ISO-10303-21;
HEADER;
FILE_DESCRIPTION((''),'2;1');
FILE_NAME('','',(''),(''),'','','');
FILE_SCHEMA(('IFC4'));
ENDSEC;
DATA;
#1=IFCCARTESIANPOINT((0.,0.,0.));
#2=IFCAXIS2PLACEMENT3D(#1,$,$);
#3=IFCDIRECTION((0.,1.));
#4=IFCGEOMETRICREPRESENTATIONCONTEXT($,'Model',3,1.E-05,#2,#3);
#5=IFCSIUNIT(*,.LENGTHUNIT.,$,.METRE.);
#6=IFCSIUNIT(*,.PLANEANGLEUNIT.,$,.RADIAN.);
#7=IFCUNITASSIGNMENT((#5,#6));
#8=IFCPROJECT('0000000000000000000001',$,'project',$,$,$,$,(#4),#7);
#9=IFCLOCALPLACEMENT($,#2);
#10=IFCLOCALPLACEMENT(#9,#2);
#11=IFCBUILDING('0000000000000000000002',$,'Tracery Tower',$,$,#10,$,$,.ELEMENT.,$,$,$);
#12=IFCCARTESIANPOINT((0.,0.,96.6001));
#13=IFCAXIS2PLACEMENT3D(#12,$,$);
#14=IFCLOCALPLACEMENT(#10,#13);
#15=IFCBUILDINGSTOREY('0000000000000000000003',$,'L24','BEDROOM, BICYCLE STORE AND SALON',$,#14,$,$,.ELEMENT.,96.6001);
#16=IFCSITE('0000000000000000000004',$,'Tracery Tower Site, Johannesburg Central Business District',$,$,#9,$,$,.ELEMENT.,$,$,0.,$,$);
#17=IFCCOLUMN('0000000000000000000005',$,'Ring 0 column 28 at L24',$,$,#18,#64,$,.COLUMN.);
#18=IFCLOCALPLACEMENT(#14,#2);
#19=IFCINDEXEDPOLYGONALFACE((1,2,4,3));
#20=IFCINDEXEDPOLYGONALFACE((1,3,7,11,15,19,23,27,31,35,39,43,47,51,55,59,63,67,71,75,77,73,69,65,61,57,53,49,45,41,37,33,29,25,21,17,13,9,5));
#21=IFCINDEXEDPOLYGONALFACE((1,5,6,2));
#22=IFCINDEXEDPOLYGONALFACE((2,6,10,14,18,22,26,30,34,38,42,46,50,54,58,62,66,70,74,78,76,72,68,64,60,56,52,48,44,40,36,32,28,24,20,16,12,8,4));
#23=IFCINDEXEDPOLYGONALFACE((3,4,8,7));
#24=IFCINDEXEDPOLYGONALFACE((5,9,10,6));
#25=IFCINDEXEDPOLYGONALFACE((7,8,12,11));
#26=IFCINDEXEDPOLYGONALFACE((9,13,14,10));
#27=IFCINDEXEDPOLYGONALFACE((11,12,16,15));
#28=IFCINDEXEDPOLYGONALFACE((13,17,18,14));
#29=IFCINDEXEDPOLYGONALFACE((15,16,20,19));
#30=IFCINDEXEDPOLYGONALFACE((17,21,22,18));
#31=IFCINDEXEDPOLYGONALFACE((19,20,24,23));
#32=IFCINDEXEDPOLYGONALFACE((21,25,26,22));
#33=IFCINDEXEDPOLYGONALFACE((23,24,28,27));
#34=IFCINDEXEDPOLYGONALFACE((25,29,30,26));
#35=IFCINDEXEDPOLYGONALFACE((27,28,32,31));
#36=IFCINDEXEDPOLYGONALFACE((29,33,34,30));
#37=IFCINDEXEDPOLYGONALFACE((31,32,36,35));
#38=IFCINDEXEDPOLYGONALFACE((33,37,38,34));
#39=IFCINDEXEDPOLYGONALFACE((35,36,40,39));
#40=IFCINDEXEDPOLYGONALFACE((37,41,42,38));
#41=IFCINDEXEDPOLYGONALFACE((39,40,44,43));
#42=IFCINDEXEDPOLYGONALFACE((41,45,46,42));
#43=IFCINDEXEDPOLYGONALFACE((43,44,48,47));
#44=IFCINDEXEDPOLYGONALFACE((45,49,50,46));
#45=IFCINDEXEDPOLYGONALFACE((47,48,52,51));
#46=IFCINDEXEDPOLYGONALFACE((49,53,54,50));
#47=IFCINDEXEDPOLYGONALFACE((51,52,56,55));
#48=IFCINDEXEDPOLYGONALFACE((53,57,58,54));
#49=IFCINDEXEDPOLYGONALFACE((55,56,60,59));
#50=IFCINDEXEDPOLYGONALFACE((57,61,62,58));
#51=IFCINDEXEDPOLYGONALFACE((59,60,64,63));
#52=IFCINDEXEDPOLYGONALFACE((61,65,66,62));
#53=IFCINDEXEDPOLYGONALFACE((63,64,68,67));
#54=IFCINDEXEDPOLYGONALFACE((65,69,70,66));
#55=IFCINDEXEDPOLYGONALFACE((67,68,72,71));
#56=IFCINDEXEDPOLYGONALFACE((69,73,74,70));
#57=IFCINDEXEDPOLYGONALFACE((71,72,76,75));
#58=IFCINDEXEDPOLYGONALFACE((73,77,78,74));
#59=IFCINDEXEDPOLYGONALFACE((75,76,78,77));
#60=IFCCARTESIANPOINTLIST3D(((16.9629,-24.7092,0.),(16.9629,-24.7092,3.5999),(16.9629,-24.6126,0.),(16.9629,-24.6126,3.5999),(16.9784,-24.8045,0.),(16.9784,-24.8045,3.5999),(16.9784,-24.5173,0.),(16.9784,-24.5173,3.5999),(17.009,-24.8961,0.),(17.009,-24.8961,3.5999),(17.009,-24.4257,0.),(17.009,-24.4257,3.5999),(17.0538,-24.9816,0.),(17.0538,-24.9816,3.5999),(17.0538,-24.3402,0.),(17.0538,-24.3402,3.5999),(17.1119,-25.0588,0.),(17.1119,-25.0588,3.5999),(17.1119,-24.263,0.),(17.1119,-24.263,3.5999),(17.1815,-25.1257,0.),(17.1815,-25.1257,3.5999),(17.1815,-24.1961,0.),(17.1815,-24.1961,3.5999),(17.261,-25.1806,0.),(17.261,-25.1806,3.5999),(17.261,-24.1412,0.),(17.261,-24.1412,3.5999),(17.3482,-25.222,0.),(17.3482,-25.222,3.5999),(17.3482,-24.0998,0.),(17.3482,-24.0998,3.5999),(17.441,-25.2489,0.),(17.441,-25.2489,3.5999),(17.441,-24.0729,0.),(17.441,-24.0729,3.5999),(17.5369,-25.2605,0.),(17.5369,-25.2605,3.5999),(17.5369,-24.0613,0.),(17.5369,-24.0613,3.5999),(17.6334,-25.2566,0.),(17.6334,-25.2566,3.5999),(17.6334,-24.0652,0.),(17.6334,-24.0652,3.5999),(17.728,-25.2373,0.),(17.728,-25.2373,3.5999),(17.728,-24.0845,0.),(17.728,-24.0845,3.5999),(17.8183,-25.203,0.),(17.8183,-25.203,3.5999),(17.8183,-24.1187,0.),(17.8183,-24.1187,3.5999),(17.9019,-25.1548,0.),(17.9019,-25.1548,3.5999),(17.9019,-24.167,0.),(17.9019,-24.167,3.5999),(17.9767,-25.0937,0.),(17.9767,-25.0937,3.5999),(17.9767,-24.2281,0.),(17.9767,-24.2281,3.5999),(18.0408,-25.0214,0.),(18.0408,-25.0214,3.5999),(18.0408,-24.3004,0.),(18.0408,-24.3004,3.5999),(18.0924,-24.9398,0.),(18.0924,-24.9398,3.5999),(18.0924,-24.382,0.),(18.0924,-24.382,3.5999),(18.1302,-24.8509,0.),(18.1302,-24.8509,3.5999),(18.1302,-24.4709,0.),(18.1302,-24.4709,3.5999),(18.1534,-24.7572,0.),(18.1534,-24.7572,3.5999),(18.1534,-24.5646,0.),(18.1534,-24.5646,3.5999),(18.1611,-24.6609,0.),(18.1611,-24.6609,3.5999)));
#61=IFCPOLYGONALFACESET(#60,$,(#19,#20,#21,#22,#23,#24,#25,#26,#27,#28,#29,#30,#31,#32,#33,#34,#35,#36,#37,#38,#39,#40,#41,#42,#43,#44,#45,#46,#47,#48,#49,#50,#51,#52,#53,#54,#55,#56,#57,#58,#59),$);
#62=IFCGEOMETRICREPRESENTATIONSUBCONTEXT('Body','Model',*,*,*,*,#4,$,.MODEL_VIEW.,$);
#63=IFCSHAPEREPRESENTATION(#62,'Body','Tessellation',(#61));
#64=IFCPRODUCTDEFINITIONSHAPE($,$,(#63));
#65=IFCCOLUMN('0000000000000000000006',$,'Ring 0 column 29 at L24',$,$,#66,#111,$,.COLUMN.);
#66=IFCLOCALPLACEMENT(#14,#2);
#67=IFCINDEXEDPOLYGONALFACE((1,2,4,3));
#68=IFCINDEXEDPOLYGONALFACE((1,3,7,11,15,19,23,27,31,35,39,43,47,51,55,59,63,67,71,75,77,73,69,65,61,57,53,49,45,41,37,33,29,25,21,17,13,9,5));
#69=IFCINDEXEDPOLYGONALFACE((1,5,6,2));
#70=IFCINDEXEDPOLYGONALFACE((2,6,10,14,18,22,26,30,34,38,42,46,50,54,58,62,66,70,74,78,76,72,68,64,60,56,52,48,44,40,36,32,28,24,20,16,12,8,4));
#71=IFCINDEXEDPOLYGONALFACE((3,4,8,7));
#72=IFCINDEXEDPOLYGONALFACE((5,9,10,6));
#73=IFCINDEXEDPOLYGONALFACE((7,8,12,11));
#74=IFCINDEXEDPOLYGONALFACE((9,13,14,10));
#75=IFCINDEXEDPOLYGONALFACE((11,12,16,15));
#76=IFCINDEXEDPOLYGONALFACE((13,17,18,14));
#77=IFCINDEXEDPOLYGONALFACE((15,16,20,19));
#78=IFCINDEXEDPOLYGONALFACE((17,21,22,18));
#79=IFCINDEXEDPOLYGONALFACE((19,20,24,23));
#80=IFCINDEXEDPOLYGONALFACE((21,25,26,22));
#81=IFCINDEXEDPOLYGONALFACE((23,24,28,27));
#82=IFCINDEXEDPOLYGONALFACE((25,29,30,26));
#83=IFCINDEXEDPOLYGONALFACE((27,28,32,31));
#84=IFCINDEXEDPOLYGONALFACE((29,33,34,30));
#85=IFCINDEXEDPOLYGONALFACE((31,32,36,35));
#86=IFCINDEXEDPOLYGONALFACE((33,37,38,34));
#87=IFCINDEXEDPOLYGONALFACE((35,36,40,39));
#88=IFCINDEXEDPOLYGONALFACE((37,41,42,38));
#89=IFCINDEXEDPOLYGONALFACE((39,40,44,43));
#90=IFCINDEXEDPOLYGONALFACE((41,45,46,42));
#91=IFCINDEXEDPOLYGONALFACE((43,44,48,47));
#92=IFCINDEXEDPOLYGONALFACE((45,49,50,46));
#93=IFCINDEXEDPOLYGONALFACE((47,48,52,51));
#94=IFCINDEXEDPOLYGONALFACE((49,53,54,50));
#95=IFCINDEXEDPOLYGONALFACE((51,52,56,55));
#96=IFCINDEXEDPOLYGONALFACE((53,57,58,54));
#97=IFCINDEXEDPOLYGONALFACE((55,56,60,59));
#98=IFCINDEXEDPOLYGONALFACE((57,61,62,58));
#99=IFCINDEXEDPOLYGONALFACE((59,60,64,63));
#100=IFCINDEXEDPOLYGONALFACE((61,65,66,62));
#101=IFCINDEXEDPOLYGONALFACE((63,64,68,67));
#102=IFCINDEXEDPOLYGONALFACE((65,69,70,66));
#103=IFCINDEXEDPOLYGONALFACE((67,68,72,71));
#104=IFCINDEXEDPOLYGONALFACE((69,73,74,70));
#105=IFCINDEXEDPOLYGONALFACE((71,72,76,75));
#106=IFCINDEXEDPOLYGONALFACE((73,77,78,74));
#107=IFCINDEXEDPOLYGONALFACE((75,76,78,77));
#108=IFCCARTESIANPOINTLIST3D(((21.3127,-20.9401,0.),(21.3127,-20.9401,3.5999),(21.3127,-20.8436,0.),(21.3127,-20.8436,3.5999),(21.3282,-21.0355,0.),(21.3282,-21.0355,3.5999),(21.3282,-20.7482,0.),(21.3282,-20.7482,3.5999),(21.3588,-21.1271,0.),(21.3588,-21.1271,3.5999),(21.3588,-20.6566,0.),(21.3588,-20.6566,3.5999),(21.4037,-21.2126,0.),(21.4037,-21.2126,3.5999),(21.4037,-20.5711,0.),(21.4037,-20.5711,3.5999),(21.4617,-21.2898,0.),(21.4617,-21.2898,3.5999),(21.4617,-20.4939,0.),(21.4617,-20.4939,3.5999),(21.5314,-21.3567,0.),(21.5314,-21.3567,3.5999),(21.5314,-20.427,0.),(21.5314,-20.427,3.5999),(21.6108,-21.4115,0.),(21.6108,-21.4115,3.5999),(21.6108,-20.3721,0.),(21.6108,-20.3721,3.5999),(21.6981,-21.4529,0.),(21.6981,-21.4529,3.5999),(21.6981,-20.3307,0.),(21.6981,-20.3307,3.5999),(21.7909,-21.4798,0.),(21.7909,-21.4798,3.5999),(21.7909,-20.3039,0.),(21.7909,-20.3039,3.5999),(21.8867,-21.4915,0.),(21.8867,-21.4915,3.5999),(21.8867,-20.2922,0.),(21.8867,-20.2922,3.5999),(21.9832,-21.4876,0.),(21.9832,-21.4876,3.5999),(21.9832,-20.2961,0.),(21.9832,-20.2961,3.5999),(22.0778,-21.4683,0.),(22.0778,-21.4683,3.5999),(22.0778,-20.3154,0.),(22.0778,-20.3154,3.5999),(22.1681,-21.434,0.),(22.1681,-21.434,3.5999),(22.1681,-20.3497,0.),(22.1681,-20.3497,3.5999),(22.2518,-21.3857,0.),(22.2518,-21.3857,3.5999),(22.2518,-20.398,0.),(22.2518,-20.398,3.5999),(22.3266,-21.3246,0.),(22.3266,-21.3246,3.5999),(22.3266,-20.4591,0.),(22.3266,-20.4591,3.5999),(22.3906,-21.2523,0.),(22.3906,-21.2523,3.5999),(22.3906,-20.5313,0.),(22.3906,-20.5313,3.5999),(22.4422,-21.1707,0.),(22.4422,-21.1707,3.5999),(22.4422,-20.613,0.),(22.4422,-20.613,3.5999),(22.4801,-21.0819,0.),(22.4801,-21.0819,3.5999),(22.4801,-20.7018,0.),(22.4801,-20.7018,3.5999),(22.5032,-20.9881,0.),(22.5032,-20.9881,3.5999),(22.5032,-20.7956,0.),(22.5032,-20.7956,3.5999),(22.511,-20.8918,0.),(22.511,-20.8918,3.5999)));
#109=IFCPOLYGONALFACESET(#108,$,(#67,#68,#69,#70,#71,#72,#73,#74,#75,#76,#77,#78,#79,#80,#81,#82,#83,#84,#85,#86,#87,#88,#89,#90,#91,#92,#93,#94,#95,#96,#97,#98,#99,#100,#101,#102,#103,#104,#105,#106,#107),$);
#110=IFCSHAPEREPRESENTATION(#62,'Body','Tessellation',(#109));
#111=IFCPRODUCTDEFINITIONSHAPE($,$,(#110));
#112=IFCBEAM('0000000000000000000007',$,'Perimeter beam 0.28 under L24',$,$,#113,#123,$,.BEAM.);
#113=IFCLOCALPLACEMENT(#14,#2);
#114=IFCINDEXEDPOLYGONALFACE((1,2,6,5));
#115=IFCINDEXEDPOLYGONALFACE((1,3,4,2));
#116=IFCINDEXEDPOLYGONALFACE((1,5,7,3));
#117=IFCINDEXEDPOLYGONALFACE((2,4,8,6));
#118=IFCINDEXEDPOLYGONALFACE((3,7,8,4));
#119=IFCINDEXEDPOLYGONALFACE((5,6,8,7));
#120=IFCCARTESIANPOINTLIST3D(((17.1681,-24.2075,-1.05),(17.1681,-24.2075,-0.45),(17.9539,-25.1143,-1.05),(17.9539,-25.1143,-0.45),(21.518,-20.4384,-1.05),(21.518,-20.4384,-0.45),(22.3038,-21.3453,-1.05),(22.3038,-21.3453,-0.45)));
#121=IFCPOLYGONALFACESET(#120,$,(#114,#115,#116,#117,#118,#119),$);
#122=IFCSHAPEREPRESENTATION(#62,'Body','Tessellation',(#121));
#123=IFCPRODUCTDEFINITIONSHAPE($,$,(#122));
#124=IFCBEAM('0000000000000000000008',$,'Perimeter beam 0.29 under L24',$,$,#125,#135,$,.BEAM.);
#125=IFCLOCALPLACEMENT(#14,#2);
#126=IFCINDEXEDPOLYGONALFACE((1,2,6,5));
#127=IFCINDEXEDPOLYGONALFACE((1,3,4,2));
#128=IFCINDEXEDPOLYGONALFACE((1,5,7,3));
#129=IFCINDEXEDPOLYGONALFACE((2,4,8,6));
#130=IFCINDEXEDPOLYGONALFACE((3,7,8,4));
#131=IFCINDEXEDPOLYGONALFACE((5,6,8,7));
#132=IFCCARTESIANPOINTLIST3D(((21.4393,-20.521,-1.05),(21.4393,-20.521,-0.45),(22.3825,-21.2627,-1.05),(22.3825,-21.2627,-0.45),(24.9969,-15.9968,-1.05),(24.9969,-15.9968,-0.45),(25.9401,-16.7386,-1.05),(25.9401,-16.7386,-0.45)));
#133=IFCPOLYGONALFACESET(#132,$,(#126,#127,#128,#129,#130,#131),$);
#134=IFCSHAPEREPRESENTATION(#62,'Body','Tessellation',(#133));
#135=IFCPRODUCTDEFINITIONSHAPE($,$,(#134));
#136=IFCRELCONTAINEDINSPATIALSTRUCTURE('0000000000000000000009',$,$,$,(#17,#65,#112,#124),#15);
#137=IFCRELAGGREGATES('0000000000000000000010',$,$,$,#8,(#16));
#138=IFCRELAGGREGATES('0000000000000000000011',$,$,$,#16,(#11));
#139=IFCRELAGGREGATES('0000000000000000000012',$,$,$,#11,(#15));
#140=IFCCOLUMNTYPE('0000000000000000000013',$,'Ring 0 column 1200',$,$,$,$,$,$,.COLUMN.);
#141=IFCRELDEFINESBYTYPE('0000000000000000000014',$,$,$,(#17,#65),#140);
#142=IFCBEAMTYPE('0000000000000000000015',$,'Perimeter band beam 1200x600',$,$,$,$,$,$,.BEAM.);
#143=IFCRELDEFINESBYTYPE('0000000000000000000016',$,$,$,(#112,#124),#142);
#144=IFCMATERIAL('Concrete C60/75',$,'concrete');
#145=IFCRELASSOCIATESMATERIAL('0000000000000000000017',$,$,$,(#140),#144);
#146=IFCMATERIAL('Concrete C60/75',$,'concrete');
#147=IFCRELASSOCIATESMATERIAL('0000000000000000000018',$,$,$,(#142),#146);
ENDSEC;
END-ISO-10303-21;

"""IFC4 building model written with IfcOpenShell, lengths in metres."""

from ifc_helpers import new_model, si_unit, direction, frame, origin, origin_2d, place, context, subcontext, project, spatial, rectangle, circle, extrude, material, material_profile, profile_set, type_object, element, save


model = new_model("IFC4")

# Units and contexts
model_context = context("Model", 3, precision=1e-05, world=origin(), true_north=direction((0.0, 1.0)))
body_context = subcontext(model_context, "Body", "Model", "MODEL_VIEW")
ifc_project = project(units=[si_unit("LENGTHUNIT", "METRE"), si_unit("PLANEANGLEUNIT", "RADIAN")], contexts=[model_context])

# Site, building, storey
site_placement = place(None, origin())
site = spatial("IfcSite", under=ifc_project, at=site_placement, Name="Tracery Tower Site, Johannesburg Central Business District", CompositionType="ELEMENT", RefElevation=0.0)
building_placement = place(site_placement, origin())
building = spatial("IfcBuilding", under=site, at=building_placement, Name="Tracery Tower", CompositionType="ELEMENT")
storey_placement = place(building_placement, frame((0.0, 0.0, 96.6001)))
storey = spatial("IfcBuildingStorey", under=building, at=storey_placement, Name="L24", Description="BEDROOM, BICYCLE STORE AND SALON", CompositionType="ELEMENT", Elevation=96.6001)

# Columns
ifc_material_1 = material(Name="Concrete C60/75", Category="concrete")
ifc_material_profile_1 = material_profile(ifc_material_1, circle(Radius=0.6001, at=origin_2d()), Name="RC D1200")
ifc_profile_set_1 = profile_set([ifc_material_profile_1], Name="Concrete C60/75")
column_type = type_object("IfcColumnType", Name="Ring 0 column 1200", PredefinedType="COLUMN", material=ifc_profile_set_1)
for number, where, z_axis, x_axis, name in (
    (1, (17.561, -24.6609, 0.0), (0.0, 0.0, 1.0), (1.0, 0.0, 0.0), "Ring 0 column 28 at L24"),
    (2, (21.9109, -20.8918, 0.0), (0.0, 0.0, 1.0), (1.0, 0.0, 0.0), "Ring 0 column 29 at L24"),
):
    element("IfcColumn", number, at=place(storey_placement, frame(where, z_axis=z_axis, x_axis=x_axis)), inside=storey, type_object=column_type, Name=name, PredefinedType="COLUMN", context=body_context, shape_type="SweptSolid", body=[
        extrude(circle(Radius=0.6001, at=origin_2d()), origin(), (0.0, 0.0, 1.0), 3.5999),
    ])

# Beams
ifc_material_2 = material(Name="Concrete C60/75", Category="concrete")
ifc_material_profile_2 = material_profile(ifc_material_2, rectangle(XDim=1.2, YDim=0.6001, at=origin_2d()), Name="RC 1200x600")
ifc_profile_set_2 = profile_set([ifc_material_profile_2], Name="Concrete C60/75")
beam_type = type_object("IfcBeamType", Name="Perimeter band beam 1200x600", PredefinedType="BEAM", material=ifc_profile_set_2)
beam_1_placement = place(storey_placement, frame((17.561, -24.6609, -0.75), z_axis=(0.75576, 0.654848, 0.0), x_axis=(-0.654848, 0.75576, 0.0)))
element("IfcBeam", 3, at=beam_1_placement, inside=storey, type_object=beam_type, Name="Perimeter beam 0.28 under L24", PredefinedType="BEAM", context=body_context, shape_type="SweptSolid", body=[
    extrude(rectangle(XDim=1.2, YDim=0.6001, at=origin_2d()), origin(), (0.0, 0.0, 1.0), 5.7556),
])
beam_2_placement = place(storey_placement, frame((21.9109, -20.8918, -0.75), z_axis=(0.618134, 0.786072, 0.0), x_axis=(-0.786072, 0.618134, 0.0)))
element("IfcBeam", 4, at=beam_2_placement, inside=storey, type_object=beam_type, Name="Perimeter beam 0.29 under L24", PredefinedType="BEAM", context=body_context, shape_type="SweptSolid", body=[
    extrude(rectangle(XDim=1.2, YDim=0.6001, at=origin_2d()), origin(), (0.0, 0.0, 1.0), 5.7554),
])

save(model, "model.ifc")
